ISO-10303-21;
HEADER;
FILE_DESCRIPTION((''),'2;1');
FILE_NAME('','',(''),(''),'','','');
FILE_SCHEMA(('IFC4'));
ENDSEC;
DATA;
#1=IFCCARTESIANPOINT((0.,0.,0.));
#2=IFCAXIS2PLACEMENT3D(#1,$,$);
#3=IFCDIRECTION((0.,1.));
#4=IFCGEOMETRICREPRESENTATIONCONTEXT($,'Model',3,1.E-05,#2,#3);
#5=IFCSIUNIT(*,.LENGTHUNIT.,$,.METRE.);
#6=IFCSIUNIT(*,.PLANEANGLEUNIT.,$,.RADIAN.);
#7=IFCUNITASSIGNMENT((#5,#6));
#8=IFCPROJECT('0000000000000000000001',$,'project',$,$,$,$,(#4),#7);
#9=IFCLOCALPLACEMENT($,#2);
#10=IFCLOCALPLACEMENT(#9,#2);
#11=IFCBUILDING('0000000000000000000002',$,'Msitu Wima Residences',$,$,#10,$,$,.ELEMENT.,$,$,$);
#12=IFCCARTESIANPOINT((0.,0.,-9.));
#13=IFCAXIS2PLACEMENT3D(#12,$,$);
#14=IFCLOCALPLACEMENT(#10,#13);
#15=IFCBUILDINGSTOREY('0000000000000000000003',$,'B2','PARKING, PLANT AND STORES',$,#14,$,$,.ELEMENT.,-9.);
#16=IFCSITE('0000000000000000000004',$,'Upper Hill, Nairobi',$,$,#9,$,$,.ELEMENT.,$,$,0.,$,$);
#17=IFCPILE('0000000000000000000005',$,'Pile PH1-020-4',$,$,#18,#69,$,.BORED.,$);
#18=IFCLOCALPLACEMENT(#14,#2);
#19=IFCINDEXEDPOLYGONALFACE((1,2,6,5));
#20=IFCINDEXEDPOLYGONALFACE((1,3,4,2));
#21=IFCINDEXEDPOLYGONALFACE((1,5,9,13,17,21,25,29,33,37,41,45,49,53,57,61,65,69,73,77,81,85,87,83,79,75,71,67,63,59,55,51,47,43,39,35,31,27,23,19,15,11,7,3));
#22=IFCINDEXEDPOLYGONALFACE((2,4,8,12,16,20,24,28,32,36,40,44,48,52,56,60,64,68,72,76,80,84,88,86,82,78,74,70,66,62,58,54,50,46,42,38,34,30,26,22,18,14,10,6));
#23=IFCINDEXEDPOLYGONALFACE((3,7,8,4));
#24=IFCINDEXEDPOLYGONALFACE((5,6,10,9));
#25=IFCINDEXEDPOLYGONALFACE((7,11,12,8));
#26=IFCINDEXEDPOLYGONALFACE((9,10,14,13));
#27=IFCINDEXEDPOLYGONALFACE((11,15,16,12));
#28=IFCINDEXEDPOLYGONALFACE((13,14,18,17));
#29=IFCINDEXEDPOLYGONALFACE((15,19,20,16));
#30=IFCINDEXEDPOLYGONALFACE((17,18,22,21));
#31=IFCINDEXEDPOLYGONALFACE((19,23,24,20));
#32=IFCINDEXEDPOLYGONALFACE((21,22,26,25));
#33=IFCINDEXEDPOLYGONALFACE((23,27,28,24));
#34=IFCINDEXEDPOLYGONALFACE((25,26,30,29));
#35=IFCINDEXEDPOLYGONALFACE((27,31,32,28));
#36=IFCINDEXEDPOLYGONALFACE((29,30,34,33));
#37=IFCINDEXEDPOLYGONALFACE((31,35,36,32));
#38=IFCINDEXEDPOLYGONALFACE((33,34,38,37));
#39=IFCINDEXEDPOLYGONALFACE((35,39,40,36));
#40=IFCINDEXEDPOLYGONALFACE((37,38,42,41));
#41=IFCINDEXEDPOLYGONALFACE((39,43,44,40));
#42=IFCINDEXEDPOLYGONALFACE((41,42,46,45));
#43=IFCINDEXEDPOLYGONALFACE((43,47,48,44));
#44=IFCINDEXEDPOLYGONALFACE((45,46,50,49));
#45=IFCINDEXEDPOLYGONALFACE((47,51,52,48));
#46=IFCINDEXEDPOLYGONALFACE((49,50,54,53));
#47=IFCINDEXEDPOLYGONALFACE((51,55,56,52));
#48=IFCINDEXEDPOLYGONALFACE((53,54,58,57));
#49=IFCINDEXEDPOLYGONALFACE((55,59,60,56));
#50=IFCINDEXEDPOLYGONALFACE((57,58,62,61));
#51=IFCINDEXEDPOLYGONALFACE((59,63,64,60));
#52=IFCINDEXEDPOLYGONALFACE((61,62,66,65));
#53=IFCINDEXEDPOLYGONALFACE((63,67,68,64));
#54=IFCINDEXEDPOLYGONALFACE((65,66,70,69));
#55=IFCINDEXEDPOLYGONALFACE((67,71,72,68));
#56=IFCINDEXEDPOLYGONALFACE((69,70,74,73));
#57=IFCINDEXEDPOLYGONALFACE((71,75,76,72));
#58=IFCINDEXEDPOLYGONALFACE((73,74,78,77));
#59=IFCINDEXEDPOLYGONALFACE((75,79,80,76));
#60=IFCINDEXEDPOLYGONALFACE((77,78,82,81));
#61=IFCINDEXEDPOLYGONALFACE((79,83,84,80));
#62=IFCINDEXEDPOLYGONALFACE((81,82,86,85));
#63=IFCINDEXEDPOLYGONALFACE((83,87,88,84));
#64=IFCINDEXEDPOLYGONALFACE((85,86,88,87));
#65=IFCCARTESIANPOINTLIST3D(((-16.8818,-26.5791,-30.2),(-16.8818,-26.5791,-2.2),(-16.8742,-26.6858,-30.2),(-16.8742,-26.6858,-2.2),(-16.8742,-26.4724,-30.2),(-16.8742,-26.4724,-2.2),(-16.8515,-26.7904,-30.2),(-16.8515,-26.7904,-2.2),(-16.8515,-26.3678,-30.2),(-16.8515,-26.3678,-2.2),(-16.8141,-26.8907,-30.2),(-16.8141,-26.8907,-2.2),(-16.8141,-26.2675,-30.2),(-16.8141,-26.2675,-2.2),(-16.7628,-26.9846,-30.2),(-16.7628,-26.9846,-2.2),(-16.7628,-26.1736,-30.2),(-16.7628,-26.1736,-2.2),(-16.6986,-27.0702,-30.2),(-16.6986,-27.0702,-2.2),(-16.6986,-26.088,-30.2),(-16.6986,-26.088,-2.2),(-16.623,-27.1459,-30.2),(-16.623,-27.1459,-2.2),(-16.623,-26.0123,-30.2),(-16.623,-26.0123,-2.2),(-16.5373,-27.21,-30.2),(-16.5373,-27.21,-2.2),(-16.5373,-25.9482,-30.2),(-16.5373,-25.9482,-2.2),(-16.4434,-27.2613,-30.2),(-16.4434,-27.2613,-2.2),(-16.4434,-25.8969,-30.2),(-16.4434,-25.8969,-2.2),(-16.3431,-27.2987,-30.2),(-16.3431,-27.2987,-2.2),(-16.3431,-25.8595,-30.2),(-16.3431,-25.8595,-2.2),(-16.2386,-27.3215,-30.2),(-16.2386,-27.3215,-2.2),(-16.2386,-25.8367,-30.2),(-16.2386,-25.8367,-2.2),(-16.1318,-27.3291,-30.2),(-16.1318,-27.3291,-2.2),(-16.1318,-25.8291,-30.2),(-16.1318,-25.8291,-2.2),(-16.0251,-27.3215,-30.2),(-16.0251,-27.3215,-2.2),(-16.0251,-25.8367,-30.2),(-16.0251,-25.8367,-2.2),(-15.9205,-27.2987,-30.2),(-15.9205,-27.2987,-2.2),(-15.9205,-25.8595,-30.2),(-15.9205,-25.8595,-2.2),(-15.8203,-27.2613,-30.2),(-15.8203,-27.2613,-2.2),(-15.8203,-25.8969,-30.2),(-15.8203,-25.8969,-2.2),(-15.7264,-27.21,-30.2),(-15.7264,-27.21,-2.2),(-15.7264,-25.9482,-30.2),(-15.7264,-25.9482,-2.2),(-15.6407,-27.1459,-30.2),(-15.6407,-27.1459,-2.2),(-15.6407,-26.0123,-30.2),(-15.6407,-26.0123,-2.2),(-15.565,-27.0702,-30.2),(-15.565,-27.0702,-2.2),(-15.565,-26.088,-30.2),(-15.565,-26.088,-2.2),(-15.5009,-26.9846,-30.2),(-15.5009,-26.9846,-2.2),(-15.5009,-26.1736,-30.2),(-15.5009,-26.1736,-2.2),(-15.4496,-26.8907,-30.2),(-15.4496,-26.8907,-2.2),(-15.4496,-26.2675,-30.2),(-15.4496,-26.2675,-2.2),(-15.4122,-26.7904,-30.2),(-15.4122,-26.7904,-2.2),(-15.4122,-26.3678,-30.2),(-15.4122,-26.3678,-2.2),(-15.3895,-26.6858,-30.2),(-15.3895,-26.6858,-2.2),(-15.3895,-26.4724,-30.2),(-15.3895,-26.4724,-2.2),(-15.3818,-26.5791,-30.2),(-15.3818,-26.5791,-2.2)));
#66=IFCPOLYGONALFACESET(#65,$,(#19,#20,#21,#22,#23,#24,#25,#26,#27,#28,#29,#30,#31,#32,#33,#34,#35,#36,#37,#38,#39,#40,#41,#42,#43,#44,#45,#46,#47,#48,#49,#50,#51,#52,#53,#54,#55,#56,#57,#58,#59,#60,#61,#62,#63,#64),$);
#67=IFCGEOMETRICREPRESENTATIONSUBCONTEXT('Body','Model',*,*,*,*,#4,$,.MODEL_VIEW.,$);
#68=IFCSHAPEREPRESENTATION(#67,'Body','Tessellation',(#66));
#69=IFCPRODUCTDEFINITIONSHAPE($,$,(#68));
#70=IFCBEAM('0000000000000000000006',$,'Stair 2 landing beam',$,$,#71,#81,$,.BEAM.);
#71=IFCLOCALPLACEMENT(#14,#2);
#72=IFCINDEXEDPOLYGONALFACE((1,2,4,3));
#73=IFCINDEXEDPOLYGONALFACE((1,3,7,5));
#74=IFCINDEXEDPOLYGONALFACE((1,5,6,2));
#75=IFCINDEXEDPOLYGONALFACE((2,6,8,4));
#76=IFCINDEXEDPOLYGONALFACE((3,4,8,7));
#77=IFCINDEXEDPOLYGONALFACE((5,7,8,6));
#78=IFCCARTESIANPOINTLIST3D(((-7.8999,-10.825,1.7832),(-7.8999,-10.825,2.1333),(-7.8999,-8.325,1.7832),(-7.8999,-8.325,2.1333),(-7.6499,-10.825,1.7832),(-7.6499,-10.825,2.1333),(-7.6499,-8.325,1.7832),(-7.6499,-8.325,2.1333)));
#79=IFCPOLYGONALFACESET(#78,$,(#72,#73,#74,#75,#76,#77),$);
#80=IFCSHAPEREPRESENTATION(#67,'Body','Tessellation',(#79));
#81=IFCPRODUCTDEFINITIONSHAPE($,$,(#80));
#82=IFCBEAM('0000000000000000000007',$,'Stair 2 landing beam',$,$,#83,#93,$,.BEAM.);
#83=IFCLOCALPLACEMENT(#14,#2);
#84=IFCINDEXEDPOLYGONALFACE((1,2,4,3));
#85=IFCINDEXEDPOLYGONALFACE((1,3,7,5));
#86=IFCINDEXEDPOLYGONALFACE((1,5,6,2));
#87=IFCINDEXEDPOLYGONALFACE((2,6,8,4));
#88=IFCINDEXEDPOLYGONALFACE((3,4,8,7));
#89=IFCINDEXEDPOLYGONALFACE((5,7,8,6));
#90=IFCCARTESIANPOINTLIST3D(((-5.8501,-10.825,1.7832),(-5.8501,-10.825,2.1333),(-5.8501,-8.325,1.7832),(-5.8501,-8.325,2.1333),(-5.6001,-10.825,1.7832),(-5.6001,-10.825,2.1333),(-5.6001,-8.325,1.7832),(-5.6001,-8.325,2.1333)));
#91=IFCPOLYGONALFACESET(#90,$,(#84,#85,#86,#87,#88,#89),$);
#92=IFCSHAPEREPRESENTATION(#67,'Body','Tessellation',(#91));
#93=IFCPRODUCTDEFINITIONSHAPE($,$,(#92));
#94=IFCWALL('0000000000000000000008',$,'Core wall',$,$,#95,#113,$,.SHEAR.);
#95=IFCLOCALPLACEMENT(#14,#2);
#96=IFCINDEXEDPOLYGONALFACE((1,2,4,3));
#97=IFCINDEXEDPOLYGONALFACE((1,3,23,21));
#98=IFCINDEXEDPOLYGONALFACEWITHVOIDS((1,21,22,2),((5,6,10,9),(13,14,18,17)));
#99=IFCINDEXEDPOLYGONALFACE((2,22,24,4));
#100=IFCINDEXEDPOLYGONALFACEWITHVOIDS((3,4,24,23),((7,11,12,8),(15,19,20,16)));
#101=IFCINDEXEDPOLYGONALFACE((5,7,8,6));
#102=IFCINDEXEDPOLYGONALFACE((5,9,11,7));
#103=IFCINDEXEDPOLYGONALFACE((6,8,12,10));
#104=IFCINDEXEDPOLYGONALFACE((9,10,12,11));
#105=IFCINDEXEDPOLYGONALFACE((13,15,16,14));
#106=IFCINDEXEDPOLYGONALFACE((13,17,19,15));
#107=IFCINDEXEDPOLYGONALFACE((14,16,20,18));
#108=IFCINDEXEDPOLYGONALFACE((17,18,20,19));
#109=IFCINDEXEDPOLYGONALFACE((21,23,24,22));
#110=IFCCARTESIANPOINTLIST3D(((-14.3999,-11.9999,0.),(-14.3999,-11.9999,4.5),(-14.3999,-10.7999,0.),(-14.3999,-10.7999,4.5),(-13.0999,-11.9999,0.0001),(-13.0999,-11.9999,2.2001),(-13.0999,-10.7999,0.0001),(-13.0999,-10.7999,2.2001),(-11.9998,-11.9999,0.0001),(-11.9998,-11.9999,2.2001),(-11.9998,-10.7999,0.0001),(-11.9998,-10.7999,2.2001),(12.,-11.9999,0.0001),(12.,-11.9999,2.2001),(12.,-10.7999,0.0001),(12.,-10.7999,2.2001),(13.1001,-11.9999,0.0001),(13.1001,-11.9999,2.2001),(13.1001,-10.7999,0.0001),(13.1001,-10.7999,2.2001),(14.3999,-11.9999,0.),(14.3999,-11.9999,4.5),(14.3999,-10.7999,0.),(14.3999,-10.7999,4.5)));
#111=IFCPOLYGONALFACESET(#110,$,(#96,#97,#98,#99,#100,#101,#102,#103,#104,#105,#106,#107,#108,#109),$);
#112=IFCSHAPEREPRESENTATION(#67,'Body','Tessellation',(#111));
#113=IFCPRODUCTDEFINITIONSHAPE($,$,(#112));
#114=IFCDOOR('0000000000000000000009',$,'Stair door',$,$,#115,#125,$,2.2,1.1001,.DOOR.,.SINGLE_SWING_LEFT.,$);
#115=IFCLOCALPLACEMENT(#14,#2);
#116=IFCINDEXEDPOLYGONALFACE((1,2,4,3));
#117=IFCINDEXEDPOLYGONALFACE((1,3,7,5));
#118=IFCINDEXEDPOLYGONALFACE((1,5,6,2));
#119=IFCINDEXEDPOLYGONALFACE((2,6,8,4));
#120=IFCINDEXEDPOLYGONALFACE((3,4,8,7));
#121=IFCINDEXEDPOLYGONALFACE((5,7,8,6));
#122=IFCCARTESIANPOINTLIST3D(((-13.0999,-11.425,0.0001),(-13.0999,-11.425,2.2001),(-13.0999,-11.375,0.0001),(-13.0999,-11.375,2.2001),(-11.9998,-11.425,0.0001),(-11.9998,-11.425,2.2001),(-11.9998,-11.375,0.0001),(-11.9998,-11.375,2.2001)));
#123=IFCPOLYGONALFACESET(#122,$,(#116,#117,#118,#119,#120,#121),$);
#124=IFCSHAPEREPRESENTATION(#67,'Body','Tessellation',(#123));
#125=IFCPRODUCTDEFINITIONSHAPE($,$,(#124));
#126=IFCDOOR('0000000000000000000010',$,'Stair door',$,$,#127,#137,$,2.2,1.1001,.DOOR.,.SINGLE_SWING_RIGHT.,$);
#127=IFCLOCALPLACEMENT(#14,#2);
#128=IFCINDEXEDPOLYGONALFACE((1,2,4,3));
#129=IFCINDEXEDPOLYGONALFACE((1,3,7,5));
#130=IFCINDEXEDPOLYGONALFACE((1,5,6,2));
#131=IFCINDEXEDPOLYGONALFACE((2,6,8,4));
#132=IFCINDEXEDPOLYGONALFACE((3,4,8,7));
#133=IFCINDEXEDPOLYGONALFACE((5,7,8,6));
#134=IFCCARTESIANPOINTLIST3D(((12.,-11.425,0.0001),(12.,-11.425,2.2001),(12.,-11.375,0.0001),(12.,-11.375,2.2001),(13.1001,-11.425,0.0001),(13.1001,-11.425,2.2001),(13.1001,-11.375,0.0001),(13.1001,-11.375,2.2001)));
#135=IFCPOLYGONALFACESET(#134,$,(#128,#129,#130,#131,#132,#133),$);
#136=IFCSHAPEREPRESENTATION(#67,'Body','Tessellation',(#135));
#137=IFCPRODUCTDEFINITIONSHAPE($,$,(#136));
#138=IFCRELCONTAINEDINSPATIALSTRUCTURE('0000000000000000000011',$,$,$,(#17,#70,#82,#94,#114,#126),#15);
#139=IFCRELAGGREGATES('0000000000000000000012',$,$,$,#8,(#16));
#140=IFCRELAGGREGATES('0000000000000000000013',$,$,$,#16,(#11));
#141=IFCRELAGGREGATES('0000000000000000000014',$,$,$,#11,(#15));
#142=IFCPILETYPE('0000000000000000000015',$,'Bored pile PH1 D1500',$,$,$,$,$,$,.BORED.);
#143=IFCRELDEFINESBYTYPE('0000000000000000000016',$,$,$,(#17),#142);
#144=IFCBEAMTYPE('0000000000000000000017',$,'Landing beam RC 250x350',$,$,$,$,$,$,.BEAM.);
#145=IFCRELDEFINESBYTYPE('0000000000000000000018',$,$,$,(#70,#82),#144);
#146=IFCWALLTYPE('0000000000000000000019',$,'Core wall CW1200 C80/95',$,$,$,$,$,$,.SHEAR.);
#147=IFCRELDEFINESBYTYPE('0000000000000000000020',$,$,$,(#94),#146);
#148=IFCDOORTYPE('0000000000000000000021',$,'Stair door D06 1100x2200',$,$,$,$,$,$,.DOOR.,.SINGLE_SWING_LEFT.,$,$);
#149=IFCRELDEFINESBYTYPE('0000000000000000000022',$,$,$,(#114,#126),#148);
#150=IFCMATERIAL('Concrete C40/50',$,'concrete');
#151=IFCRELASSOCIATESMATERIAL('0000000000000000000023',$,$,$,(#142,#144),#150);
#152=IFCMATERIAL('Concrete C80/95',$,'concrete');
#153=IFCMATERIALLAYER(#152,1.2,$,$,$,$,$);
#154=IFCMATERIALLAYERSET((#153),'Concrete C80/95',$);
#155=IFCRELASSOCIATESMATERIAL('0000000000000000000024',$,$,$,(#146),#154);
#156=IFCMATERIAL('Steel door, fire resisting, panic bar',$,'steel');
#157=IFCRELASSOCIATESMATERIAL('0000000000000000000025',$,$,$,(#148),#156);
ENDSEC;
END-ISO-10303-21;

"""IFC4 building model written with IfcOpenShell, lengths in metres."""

from ifc_helpers import new_model, si_unit, direction, frame, frame_2d, origin, origin_2d, place, context, subcontext, project, spatial, rectangle, circle, extrude, material, layer, layer_set, material_profile, profile_set, type_object, element, fill, save


model = new_model("IFC4")

# Units and contexts
model_context = context("Model", 3, precision=1e-05, world=origin(), true_north=direction((0.0, 1.0)))
body_context = subcontext(model_context, "Body", "Model", "MODEL_VIEW")
ifc_project = project(units=[si_unit("LENGTHUNIT", "METRE"), si_unit("PLANEANGLEUNIT", "RADIAN")], contexts=[model_context])

# Site, building, storey
site_placement = place(None, origin())
site = spatial("IfcSite", under=ifc_project, at=site_placement, Name="Upper Hill, Nairobi", CompositionType="ELEMENT", RefElevation=0.0)
building_placement = place(site_placement, origin())
building = spatial("IfcBuilding", under=site, at=building_placement, Name="Msitu Wima Residences", CompositionType="ELEMENT")
storey_placement = place(building_placement, frame((0.0, 0.0, -9.0)))
storey = spatial("IfcBuildingStorey", under=building, at=storey_placement, Name="B2", Description="PARKING, PLANT AND STORES", CompositionType="ELEMENT", Elevation=-9.0)

# Pile
ifc_material_1 = material(Name="Concrete C40/50", Category="concrete")
pile_type = type_object("IfcPileType", Name="Bored pile PH1 D1500", PredefinedType="BORED", material=ifc_material_1)
for number, where, z_axis, x_axis, name in (
    (1, (-16.1318, -26.5791, -2.2), (0.0, 0.0, -1.0), (1.0, 0.0, 0.0), "Pile PH1-020-4"),
):
    element("IfcPile", number, at=place(storey_placement, frame(where, z_axis=z_axis, x_axis=x_axis)), inside=storey, type_object=pile_type, Name=name, PredefinedType="BORED", context=body_context, shape_type="SweptSolid", body=[
        extrude(circle(Radius=0.75, at=origin_2d()), origin(), (0.0, 0.0, 1.0), 28.0),
    ])

# Beams
ifc_material_profile = material_profile(ifc_material_1, rectangle(XDim=0.25, YDim=0.3501, at=origin_2d()), Name="RC 250x350")
ifc_profile_set = profile_set([ifc_material_profile], Name="Concrete C40/50")
beam_type = type_object("IfcBeamType", Name="Landing beam RC 250x350", PredefinedType="BEAM", material=ifc_profile_set)
for number, where, z_axis, x_axis, name in (
    (2, (-7.7749, -10.825, 1.9583), (0.0, 1.0, 0.0), (-1.0, 0.0, 0.0), "Stair 2 landing beam"),
    (3, (-5.7251, -10.825, 1.9583), (0.0, 1.0, 0.0), (-1.0, 0.0, 0.0), "Stair 2 landing beam"),
):
    element("IfcBeam", number, at=place(storey_placement, frame(where, z_axis=z_axis, x_axis=x_axis)), inside=storey, type_object=beam_type, Name=name, PredefinedType="BEAM", context=body_context, shape_type="SweptSolid", body=[
        extrude(rectangle(XDim=0.25, YDim=0.3501, at=origin_2d()), origin(), (0.0, 0.0, 1.0), 2.5),
    ])

# Wall, openings, doors
ifc_material_2 = material(Name="Concrete C80/95", Category="concrete")
ifc_layer_1 = layer(ifc_material_2, 1.2)
ifc_layer_set_1 = layer_set([ifc_layer_1], Name="Concrete C80/95")
wall_type_1 = type_object("IfcWallType", Name="Core wall CW1200 C80/95", PredefinedType="SHEAR", material=ifc_layer_set_1)
wall_1_placement = place(storey_placement, frame((-14.3999, -11.3999, 0.0), z_axis=(0.0, 0.0, 1.0), x_axis=(1.0, 0.0, 0.0)))
wall_1 = element("IfcWall", 4, at=wall_1_placement, inside=storey, type_object=wall_type_1, Name="Core wall", PredefinedType="SHEAR", context=body_context, shape_type="SweptSolid", body=[
    extrude(rectangle(XDim=28.7998, YDim=1.2, at=frame_2d((14.3999, 0.0))), origin(), (0.0, 0.0, 1.0), 4.5),
])
opening_1_placement = place(wall_1_placement, frame((1.3, 0.0, 0.0)))
opening_1 = element("IfcOpeningElement", 5, at=opening_1_placement, cuts=wall_1, PredefinedType="OPENING", context=body_context, shape_type="SweptSolid", body=[
    extrude(rectangle(XDim=1.1001, YDim=2.2, at=frame_2d((0.55, 1.1001))), frame((0.0, 0.6099, 0.0), z_axis=(0.0, -1.0, 0.0), x_axis=(1.0, 0.0, 0.0)), (0.0, 0.0, 1.0), 1.22),
])
opening_2_placement = place(wall_1_placement, frame((26.3999, 0.0, 0.0)))
opening_2 = element("IfcOpeningElement", 6, at=opening_2_placement, cuts=wall_1, PredefinedType="OPENING", context=body_context, shape_type="SweptSolid", body=[
    extrude(rectangle(XDim=1.1001, YDim=2.2, at=frame_2d((0.55, 1.1001))), frame((0.0, 0.6099, 0.0), z_axis=(0.0, -1.0, 0.0), x_axis=(1.0, 0.0, 0.0)), (0.0, 0.0, 1.0), 1.22),
])
ifc_material_3 = material(Name="Steel door, fire resisting, panic bar", Category="steel")
door_type_1 = type_object("IfcDoorType", Name="Stair door D06 1100x2200", OperationType="SINGLE_SWING_LEFT", PredefinedType="DOOR", material=ifc_material_3)
door_1_placement = place(opening_1_placement, origin())
door_1 = element("IfcDoor", 7, at=door_1_placement, inside=storey, type_object=door_type_1, Name="Stair door", OperationType="SINGLE_SWING_LEFT", OverallHeight=2.2, OverallWidth=1.1001, PredefinedType="DOOR", context=body_context, shape_type="SweptSolid", body=[
    extrude(rectangle(XDim=1.1001, YDim=2.2, at=frame_2d((0.55, 1.1001))), frame((0.0, 0.0249, 0.0), z_axis=(0.0, -1.0, 0.0), x_axis=(1.0, 0.0, 0.0)), (0.0, 0.0, 1.0), 0.05),
])
fill(opening_1, door_1)
door_2_placement = place(opening_2_placement, origin())
door_2 = element("IfcDoor", 8, at=door_2_placement, inside=storey, type_object=door_type_1, Name="Stair door", OperationType="SINGLE_SWING_RIGHT", OverallHeight=2.2, OverallWidth=1.1001, PredefinedType="DOOR", context=body_context, shape_type="SweptSolid", body=[
    extrude(rectangle(XDim=1.1001, YDim=2.2, at=frame_2d((0.55, 1.1001))), frame((0.0, 0.0249, 0.0), z_axis=(0.0, -1.0, 0.0), x_axis=(1.0, 0.0, 0.0)), (0.0, 0.0, 1.0), 0.05),
])
fill(opening_2, door_2)

save(model, "model.ifc")
